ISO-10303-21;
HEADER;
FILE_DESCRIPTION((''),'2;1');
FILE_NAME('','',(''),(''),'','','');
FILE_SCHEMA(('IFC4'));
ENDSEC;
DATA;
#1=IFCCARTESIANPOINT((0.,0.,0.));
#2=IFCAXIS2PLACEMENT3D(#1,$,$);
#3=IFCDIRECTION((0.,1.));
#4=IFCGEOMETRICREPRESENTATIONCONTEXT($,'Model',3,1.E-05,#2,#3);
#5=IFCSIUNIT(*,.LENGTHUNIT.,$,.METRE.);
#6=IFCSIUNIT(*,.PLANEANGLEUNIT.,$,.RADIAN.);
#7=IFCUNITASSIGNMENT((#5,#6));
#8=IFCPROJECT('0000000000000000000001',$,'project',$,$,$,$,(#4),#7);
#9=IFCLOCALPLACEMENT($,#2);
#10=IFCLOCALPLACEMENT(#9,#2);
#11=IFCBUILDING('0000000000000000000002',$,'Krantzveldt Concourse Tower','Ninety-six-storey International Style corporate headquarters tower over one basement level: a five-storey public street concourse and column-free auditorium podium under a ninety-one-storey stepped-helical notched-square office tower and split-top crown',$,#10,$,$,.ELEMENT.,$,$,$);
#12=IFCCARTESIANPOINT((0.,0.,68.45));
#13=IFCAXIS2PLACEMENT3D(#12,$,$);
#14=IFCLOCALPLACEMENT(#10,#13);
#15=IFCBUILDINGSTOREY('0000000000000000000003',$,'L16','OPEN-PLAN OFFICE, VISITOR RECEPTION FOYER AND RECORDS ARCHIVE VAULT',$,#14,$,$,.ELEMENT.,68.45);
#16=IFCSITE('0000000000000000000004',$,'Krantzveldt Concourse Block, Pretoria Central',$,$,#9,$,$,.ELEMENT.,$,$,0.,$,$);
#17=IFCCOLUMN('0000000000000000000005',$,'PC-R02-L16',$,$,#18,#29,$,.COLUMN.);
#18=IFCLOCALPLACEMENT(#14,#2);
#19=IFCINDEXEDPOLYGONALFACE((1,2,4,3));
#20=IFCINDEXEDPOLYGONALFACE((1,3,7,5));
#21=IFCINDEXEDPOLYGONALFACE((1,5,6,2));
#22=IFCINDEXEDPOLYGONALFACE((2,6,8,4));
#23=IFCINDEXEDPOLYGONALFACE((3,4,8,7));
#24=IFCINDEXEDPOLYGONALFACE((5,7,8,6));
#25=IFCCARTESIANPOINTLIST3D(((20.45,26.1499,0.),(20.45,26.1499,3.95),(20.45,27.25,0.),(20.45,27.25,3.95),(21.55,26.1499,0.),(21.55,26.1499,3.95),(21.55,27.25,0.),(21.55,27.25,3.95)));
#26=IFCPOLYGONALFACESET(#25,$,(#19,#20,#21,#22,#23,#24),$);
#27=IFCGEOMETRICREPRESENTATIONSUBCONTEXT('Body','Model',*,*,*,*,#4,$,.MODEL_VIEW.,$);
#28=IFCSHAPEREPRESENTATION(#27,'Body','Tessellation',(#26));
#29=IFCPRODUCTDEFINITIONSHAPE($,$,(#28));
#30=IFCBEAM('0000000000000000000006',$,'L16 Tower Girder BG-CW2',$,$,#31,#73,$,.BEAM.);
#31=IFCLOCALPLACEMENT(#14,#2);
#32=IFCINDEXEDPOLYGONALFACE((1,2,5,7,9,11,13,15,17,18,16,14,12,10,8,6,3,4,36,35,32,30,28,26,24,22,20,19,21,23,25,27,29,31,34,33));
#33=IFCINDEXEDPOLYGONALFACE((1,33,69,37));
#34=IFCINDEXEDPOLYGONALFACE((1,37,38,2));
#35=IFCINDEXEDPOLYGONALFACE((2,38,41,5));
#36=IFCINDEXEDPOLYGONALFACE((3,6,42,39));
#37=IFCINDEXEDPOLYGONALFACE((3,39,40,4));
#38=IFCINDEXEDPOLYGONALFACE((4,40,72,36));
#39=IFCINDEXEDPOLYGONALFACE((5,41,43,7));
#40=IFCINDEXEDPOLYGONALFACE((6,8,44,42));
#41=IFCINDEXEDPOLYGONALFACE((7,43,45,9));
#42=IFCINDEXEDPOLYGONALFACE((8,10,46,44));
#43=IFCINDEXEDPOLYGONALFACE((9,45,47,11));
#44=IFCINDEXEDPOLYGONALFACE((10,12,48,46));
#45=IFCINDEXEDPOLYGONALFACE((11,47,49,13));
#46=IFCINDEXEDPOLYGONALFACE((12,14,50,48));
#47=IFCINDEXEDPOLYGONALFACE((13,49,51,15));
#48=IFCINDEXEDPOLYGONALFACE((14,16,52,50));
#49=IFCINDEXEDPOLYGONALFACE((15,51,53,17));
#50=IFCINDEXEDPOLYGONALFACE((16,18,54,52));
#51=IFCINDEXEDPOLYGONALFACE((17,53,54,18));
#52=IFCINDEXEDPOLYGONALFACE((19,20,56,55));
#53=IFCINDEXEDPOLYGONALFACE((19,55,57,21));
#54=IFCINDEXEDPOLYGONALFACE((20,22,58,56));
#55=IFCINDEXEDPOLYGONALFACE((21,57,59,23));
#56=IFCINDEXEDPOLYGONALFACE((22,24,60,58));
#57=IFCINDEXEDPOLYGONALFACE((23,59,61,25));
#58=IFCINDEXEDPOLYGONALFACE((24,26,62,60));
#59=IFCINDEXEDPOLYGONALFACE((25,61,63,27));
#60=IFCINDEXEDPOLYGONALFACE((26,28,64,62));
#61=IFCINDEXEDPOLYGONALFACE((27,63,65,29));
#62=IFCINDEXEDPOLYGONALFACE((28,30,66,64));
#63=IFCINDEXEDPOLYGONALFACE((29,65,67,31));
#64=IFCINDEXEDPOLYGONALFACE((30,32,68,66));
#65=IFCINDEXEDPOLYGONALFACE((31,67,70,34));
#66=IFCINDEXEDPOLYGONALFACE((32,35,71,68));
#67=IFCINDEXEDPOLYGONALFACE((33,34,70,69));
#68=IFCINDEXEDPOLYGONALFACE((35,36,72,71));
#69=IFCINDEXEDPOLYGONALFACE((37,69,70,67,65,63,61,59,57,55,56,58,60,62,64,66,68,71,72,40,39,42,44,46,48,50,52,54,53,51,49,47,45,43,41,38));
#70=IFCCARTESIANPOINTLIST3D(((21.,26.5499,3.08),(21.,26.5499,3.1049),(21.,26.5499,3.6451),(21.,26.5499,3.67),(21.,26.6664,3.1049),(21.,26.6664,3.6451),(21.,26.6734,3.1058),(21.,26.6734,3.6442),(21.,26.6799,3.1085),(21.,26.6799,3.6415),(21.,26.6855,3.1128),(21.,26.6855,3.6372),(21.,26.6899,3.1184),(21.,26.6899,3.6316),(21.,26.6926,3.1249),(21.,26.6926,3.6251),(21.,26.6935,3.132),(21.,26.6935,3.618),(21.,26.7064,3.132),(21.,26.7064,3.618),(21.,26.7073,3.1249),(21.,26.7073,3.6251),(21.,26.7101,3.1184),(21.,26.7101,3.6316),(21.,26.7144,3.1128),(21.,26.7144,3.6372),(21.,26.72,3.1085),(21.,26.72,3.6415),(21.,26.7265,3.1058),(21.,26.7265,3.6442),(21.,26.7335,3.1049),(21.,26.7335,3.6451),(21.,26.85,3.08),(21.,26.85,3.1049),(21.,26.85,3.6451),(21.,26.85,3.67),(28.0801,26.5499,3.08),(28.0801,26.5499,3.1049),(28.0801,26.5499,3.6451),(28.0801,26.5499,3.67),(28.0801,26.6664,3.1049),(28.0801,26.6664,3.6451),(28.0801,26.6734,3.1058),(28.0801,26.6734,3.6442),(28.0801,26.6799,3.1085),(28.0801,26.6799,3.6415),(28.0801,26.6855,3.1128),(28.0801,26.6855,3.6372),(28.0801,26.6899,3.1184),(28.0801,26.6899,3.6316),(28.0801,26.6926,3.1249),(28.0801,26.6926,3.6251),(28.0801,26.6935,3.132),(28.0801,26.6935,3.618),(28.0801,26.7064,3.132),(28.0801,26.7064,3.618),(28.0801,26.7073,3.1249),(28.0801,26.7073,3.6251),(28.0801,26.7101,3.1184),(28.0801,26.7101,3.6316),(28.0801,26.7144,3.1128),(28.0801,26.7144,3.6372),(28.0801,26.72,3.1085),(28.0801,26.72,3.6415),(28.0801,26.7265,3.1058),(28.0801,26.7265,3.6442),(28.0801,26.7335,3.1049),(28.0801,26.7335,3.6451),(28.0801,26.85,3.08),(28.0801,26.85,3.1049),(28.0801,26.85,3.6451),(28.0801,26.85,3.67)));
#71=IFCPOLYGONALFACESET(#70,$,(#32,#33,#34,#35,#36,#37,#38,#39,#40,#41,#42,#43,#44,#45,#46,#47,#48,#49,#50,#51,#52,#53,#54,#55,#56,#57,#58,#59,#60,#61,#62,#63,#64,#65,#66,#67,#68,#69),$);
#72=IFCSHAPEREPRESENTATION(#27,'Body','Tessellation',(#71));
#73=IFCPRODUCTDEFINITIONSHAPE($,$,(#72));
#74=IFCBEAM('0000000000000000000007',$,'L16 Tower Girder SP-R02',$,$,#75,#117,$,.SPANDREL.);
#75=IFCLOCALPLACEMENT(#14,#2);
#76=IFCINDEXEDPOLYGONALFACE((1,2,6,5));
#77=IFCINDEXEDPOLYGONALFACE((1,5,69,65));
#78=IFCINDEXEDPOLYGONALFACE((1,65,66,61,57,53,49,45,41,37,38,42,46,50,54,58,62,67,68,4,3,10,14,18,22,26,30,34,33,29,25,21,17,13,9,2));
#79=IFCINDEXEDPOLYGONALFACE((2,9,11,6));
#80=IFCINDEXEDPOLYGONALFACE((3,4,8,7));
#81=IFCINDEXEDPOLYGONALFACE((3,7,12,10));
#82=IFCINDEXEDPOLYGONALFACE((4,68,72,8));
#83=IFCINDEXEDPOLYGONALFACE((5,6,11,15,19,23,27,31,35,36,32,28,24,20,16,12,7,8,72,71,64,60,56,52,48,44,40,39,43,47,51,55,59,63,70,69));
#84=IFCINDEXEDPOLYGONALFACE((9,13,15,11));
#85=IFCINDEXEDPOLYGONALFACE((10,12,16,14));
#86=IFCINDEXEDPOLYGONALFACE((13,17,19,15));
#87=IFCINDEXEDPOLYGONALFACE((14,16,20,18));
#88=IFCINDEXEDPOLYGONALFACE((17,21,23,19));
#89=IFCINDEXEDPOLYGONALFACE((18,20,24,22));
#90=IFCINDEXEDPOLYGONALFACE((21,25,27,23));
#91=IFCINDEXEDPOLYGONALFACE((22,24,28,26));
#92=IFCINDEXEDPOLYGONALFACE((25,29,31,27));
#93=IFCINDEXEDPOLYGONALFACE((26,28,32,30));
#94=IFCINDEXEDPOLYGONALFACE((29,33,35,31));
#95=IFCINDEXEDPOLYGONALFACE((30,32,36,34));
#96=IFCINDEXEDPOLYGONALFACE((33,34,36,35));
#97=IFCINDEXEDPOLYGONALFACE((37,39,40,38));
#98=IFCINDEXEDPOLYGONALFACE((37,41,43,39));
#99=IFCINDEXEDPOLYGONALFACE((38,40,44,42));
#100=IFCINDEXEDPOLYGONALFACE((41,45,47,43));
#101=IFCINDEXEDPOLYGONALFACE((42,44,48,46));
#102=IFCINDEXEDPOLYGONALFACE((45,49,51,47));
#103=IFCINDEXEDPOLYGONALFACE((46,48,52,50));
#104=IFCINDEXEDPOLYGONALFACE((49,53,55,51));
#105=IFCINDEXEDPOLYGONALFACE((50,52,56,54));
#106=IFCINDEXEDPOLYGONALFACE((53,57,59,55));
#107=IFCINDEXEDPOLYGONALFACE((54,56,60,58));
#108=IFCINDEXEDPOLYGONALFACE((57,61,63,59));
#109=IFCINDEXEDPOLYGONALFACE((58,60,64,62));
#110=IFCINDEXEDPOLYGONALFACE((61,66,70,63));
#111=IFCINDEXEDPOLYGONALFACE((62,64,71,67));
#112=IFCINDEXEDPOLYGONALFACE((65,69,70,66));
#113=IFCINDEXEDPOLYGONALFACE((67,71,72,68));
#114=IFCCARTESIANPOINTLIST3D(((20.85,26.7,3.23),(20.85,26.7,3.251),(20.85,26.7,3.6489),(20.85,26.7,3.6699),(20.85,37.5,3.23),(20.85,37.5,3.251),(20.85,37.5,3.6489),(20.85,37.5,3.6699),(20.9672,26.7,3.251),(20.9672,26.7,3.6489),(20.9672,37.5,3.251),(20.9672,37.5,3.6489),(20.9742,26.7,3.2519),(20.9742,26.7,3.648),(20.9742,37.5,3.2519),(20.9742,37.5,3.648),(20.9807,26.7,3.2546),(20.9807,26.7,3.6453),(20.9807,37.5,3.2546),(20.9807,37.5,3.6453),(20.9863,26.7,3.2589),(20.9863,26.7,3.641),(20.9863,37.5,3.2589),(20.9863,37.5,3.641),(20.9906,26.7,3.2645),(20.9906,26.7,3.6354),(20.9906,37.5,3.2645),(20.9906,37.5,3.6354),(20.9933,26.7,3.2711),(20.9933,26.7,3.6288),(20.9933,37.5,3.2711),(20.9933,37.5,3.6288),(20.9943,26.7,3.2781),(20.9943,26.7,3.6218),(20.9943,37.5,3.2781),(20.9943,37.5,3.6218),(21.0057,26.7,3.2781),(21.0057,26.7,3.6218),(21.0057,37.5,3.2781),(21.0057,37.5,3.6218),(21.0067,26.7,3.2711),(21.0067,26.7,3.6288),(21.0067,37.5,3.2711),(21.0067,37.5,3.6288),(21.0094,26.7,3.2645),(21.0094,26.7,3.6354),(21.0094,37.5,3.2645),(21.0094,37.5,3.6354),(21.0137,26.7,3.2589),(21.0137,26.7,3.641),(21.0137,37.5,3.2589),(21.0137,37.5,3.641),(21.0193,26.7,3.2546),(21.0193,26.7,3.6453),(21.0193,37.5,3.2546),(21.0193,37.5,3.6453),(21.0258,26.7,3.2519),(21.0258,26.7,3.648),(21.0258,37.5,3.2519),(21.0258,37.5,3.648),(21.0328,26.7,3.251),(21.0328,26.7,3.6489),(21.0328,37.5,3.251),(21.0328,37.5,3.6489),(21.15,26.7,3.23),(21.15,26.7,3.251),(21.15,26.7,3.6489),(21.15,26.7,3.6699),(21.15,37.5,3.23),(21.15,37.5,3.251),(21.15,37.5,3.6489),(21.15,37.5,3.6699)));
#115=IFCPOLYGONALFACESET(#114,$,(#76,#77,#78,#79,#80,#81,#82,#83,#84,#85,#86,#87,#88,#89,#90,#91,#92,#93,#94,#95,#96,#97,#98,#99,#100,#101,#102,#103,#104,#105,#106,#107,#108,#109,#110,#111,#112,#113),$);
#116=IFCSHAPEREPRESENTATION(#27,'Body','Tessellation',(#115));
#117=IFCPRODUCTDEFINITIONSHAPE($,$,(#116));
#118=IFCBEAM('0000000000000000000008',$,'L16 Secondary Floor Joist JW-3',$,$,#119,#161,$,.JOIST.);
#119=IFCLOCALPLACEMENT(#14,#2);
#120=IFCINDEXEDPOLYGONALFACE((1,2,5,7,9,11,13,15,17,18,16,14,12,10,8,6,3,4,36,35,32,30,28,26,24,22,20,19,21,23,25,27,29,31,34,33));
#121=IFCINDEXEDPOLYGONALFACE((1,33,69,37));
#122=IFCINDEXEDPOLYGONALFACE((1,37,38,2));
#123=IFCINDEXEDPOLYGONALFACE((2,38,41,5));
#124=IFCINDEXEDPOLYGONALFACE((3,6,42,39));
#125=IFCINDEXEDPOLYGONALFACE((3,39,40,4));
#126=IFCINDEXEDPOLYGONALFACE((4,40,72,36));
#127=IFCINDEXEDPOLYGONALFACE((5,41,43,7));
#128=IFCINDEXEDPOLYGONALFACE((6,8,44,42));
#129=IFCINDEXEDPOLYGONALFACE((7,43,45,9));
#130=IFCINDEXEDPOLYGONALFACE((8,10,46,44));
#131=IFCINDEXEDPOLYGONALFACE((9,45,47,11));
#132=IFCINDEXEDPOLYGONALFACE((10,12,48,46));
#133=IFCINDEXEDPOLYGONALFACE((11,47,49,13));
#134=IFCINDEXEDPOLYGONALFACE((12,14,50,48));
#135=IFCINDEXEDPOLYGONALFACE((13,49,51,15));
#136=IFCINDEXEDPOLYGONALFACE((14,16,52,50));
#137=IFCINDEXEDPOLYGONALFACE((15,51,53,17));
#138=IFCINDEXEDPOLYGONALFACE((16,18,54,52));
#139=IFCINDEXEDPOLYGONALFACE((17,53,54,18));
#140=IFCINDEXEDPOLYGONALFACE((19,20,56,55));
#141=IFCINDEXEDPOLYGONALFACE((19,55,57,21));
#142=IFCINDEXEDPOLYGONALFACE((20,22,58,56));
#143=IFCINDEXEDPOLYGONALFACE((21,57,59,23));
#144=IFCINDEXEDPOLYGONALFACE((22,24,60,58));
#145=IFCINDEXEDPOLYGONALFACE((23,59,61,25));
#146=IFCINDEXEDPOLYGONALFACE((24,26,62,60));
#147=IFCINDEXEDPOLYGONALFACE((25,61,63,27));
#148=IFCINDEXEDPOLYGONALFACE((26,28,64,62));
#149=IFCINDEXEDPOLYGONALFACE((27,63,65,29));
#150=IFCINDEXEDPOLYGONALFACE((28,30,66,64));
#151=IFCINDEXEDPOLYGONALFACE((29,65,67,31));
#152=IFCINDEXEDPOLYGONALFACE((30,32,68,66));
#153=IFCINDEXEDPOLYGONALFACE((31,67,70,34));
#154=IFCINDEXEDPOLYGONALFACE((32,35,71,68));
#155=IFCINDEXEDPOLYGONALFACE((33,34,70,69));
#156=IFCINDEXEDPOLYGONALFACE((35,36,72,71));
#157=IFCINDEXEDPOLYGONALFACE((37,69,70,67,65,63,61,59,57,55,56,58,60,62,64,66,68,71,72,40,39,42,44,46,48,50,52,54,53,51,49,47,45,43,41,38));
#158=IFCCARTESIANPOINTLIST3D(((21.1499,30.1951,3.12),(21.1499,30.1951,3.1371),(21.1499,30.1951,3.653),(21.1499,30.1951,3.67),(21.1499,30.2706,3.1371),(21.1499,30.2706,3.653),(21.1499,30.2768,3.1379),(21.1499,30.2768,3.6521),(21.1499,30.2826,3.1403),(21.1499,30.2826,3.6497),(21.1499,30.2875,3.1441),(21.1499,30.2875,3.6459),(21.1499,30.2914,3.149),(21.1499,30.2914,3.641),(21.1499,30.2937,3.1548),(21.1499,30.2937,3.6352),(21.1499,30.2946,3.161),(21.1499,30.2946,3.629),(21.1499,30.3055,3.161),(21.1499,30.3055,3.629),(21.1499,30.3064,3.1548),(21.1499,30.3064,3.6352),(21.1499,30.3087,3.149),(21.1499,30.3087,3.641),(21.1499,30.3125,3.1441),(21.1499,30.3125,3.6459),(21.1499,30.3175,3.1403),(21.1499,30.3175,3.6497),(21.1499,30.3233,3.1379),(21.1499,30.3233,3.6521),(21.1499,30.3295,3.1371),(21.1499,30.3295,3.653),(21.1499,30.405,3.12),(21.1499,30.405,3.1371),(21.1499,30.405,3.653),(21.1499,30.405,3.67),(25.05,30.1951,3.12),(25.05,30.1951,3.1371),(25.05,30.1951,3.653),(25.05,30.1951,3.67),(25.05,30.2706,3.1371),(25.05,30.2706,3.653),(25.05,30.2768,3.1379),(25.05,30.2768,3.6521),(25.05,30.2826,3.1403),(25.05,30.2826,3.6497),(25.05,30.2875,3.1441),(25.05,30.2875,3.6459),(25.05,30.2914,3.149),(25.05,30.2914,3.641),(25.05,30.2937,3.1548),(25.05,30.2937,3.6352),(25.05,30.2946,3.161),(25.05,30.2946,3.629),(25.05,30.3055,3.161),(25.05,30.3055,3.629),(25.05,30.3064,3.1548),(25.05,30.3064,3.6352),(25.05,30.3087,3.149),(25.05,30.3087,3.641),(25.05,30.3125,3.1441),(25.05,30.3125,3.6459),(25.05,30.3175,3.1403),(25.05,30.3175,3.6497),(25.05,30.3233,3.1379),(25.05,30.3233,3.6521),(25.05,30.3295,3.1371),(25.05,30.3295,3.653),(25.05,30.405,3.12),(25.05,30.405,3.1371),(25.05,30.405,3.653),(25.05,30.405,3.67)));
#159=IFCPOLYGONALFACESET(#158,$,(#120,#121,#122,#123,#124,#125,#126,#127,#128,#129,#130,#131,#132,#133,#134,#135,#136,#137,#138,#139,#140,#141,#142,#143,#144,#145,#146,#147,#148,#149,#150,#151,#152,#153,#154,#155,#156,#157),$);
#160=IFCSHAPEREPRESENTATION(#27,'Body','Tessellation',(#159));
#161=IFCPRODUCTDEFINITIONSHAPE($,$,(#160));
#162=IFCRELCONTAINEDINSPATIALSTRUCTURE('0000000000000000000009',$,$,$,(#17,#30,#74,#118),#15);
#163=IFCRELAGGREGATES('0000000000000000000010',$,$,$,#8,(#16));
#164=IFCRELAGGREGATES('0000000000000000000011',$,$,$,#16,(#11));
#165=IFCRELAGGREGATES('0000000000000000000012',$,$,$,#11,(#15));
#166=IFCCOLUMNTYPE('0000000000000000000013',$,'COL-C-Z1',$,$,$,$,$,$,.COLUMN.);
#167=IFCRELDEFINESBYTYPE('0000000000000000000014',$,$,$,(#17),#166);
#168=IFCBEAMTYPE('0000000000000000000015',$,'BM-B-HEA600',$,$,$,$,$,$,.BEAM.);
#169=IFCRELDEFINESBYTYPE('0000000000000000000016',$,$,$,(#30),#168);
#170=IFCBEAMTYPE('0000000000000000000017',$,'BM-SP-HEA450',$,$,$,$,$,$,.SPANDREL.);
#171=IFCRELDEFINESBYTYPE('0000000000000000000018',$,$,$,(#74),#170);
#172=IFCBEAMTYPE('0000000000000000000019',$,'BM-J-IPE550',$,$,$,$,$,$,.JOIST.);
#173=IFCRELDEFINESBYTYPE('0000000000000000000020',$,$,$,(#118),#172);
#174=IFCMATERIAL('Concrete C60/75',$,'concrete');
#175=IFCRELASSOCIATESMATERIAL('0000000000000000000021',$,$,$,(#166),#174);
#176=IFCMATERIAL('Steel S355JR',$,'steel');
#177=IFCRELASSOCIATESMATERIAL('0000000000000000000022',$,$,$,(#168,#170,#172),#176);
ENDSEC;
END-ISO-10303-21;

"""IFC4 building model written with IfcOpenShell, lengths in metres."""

from ifc_helpers import new_model, si_unit, direction, frame, origin, origin_2d, place, context, subcontext, project, spatial, rectangle, i_section, extrude, source, transform, mapped, material, material_profile, profile_set, type_object, type_shapes, element, save


model = new_model("IFC4")

# Units and contexts
model_context = context("Model", 3, precision=1e-05, world=origin(), true_north=direction((0.0, 1.0)))
body_context = subcontext(model_context, "Body", "Model", "MODEL_VIEW")
ifc_project = project(units=[si_unit("LENGTHUNIT", "METRE"), si_unit("PLANEANGLEUNIT", "RADIAN")], contexts=[model_context])

# Site, building, storey
site_placement = place(None, origin())
site = spatial("IfcSite", under=ifc_project, at=site_placement, Name="Krantzveldt Concourse Block, Pretoria Central", CompositionType="ELEMENT", RefElevation=0.0)
building_placement = place(site_placement, origin())
building = spatial("IfcBuilding", under=site, at=building_placement, Name="Krantzveldt Concourse Tower", Description="Ninety-six-storey International Style corporate headquarters tower over one basement level: a five-storey public street concourse and column-free auditorium podium under a ninety-one-storey stepped-helical notched-square office tower and split-top crown", CompositionType="ELEMENT")
storey_placement = place(building_placement, frame((0.0, 0.0, 68.45)))
storey = spatial("IfcBuildingStorey", under=building, at=storey_placement, Name="L16", Description="OPEN-PLAN OFFICE, VISITOR RECEPTION FOYER AND RECORDS ARCHIVE VAULT", CompositionType="ELEMENT", Elevation=68.45)

# Column
ifc_material_1 = material(Name="Concrete C60/75", Category="concrete")
ifc_material_profile_1 = material_profile(ifc_material_1, rectangle(XDim=1.1001, YDim=1.1001, at=origin_2d()), Name="Concrete C60/75", Category="concrete")
ifc_profile_set_1 = profile_set([ifc_material_profile_1], Name="Concrete C60/75 - RC 1100x1100")
column_type = type_object("IfcColumnType", Name="COL-C-Z1", PredefinedType="COLUMN", material=ifc_profile_set_1)
shared_shape_1 = source(origin(), body_context, "Body", "SweptSolid", [
    extrude(rectangle(XDim=1.1001, YDim=1.1001, at=origin_2d()), origin(), (0.0, 0.0, 1.0), 3.95),
])
type_shapes(column_type, [shared_shape_1])
column_placement = place(storey_placement, frame((21.0, 26.7, 0.0), z_axis=(0.0, 0.0, 1.0), x_axis=(1.0, 0.0, 0.0)))
element("IfcColumn", 1, at=column_placement, inside=storey, type_object=column_type, Name="PC-R02-L16", PredefinedType="COLUMN", context=body_context, shape_type="MappedRepresentation", body=[
    mapped(shared_shape_1, transform((0.0, 0.0, 0.0), x_axis=(1.0, 0.0, 0.0), y_axis=(0.0, 1.0, 0.0), z_axis=(0.0, 0.0, 1.0), scale=1.0)),
])

# Beams
ifc_material_2 = material(Name="Steel S355JR", Category="steel")
ifc_material_profile_2 = material_profile(ifc_material_2, i_section(OverallWidth=0.3, OverallDepth=0.5901, WebThickness=0.0129, FlangeThickness=0.0249, FilletRadius=0.0271, at=origin_2d()), Name="Steel S355JR", Category="steel")
ifc_profile_set_2 = profile_set([ifc_material_profile_2], Name="Steel S355JR - HEA 600")
beam_type_1 = type_object("IfcBeamType", Name="BM-B-HEA600", PredefinedType="BEAM", material=ifc_profile_set_2)
shared_shape_2 = source(origin(), body_context, "Body", "SweptSolid", [
    extrude(i_section(OverallWidth=0.3, OverallDepth=0.5901, WebThickness=0.0129, FlangeThickness=0.0249, FilletRadius=0.0271, at=origin_2d()), origin(), (0.0, 0.0, 1.0), 7.0801),
])
type_shapes(beam_type_1, [shared_shape_2])
beam_1_placement = place(storey_placement, frame((21.0, 26.7, 3.375), z_axis=(1.0, 0.0, 0.0), x_axis=(0.0, 1.0, 0.0)))
element("IfcBeam", 2, at=beam_1_placement, inside=storey, type_object=beam_type_1, Name="L16 Tower Girder BG-CW2", PredefinedType="BEAM", context=body_context, shape_type="MappedRepresentation", body=[
    mapped(shared_shape_2, transform((0.0, 0.0, 0.0), x_axis=(1.0, 0.0, 0.0), y_axis=(0.0, 1.0, 0.0), z_axis=(0.0, 0.0, 1.0), scale=1.0)),
])
ifc_material_profile_3 = material_profile(ifc_material_2, i_section(OverallWidth=0.3, OverallDepth=0.4399, WebThickness=0.0115, FlangeThickness=0.021, FilletRadius=0.0271, at=origin_2d()), Name="Steel S355JR", Category="steel")
ifc_profile_set_3 = profile_set([ifc_material_profile_3], Name="Steel S355JR - HEA 450")
beam_type_2 = type_object("IfcBeamType", Name="BM-SP-HEA450", PredefinedType="SPANDREL", material=ifc_profile_set_3)
shared_shape_3 = source(origin(), body_context, "Body", "SweptSolid", [
    extrude(i_section(OverallWidth=0.3, OverallDepth=0.4399, WebThickness=0.0115, FlangeThickness=0.021, FilletRadius=0.0271, at=origin_2d()), origin(), (0.0, 0.0, 1.0), 10.8),
])
type_shapes(beam_type_2, [shared_shape_3])
beam_2_placement = place(storey_placement, frame((21.0, 26.7, 3.45), z_axis=(0.0, 1.0, 0.0), x_axis=(-1.0, 0.0, 0.0)))
element("IfcBeam", 3, at=beam_2_placement, inside=storey, type_object=beam_type_2, Name="L16 Tower Girder SP-R02", PredefinedType="SPANDREL", context=body_context, shape_type="MappedRepresentation", body=[
    mapped(shared_shape_3, transform((0.0, 0.0, 0.0), x_axis=(1.0, 0.0, 0.0), y_axis=(0.0, 1.0, 0.0), z_axis=(0.0, 0.0, 1.0), scale=1.0)),
])
ifc_material_profile_4 = material_profile(ifc_material_2, i_section(OverallWidth=0.21, OverallDepth=0.55, WebThickness=0.011, FlangeThickness=0.0171, FilletRadius=0.0239, at=origin_2d()), Name="Steel S355JR", Category="steel")
ifc_profile_set_4 = profile_set([ifc_material_profile_4], Name="Steel S355JR - IPE 550")
beam_type_3 = type_object("IfcBeamType", Name="BM-J-IPE550", PredefinedType="JOIST", material=ifc_profile_set_4)
shared_shape_4 = source(origin(), body_context, "Body", "SweptSolid", [
    extrude(i_section(OverallWidth=0.21, OverallDepth=0.55, WebThickness=0.011, FlangeThickness=0.0171, FilletRadius=0.0239, at=origin_2d()), origin(), (0.0, 0.0, 1.0), 3.9001),
])
type_shapes(beam_type_3, [shared_shape_4])
for number, where, z_axis, x_axis, name in (
    (4, (21.1499, 30.3, 3.395), (1.0, 0.0, 0.0), (0.0, 1.0, 0.0), "L16 Secondary Floor Joist JW-3"),
):
    element("IfcBeam", number, at=place(storey_placement, frame(where, z_axis=z_axis, x_axis=x_axis)), inside=storey, type_object=beam_type_3, Name=name, PredefinedType="JOIST", context=body_context, shape_type="MappedRepresentation", body=[
        mapped(shared_shape_4, transform((0.0, 0.0, 0.0), x_axis=(1.0, 0.0, 0.0), y_axis=(0.0, 1.0, 0.0), z_axis=(0.0, 0.0, 1.0), scale=1.0)),
    ])

save(model, "model.ifc")
